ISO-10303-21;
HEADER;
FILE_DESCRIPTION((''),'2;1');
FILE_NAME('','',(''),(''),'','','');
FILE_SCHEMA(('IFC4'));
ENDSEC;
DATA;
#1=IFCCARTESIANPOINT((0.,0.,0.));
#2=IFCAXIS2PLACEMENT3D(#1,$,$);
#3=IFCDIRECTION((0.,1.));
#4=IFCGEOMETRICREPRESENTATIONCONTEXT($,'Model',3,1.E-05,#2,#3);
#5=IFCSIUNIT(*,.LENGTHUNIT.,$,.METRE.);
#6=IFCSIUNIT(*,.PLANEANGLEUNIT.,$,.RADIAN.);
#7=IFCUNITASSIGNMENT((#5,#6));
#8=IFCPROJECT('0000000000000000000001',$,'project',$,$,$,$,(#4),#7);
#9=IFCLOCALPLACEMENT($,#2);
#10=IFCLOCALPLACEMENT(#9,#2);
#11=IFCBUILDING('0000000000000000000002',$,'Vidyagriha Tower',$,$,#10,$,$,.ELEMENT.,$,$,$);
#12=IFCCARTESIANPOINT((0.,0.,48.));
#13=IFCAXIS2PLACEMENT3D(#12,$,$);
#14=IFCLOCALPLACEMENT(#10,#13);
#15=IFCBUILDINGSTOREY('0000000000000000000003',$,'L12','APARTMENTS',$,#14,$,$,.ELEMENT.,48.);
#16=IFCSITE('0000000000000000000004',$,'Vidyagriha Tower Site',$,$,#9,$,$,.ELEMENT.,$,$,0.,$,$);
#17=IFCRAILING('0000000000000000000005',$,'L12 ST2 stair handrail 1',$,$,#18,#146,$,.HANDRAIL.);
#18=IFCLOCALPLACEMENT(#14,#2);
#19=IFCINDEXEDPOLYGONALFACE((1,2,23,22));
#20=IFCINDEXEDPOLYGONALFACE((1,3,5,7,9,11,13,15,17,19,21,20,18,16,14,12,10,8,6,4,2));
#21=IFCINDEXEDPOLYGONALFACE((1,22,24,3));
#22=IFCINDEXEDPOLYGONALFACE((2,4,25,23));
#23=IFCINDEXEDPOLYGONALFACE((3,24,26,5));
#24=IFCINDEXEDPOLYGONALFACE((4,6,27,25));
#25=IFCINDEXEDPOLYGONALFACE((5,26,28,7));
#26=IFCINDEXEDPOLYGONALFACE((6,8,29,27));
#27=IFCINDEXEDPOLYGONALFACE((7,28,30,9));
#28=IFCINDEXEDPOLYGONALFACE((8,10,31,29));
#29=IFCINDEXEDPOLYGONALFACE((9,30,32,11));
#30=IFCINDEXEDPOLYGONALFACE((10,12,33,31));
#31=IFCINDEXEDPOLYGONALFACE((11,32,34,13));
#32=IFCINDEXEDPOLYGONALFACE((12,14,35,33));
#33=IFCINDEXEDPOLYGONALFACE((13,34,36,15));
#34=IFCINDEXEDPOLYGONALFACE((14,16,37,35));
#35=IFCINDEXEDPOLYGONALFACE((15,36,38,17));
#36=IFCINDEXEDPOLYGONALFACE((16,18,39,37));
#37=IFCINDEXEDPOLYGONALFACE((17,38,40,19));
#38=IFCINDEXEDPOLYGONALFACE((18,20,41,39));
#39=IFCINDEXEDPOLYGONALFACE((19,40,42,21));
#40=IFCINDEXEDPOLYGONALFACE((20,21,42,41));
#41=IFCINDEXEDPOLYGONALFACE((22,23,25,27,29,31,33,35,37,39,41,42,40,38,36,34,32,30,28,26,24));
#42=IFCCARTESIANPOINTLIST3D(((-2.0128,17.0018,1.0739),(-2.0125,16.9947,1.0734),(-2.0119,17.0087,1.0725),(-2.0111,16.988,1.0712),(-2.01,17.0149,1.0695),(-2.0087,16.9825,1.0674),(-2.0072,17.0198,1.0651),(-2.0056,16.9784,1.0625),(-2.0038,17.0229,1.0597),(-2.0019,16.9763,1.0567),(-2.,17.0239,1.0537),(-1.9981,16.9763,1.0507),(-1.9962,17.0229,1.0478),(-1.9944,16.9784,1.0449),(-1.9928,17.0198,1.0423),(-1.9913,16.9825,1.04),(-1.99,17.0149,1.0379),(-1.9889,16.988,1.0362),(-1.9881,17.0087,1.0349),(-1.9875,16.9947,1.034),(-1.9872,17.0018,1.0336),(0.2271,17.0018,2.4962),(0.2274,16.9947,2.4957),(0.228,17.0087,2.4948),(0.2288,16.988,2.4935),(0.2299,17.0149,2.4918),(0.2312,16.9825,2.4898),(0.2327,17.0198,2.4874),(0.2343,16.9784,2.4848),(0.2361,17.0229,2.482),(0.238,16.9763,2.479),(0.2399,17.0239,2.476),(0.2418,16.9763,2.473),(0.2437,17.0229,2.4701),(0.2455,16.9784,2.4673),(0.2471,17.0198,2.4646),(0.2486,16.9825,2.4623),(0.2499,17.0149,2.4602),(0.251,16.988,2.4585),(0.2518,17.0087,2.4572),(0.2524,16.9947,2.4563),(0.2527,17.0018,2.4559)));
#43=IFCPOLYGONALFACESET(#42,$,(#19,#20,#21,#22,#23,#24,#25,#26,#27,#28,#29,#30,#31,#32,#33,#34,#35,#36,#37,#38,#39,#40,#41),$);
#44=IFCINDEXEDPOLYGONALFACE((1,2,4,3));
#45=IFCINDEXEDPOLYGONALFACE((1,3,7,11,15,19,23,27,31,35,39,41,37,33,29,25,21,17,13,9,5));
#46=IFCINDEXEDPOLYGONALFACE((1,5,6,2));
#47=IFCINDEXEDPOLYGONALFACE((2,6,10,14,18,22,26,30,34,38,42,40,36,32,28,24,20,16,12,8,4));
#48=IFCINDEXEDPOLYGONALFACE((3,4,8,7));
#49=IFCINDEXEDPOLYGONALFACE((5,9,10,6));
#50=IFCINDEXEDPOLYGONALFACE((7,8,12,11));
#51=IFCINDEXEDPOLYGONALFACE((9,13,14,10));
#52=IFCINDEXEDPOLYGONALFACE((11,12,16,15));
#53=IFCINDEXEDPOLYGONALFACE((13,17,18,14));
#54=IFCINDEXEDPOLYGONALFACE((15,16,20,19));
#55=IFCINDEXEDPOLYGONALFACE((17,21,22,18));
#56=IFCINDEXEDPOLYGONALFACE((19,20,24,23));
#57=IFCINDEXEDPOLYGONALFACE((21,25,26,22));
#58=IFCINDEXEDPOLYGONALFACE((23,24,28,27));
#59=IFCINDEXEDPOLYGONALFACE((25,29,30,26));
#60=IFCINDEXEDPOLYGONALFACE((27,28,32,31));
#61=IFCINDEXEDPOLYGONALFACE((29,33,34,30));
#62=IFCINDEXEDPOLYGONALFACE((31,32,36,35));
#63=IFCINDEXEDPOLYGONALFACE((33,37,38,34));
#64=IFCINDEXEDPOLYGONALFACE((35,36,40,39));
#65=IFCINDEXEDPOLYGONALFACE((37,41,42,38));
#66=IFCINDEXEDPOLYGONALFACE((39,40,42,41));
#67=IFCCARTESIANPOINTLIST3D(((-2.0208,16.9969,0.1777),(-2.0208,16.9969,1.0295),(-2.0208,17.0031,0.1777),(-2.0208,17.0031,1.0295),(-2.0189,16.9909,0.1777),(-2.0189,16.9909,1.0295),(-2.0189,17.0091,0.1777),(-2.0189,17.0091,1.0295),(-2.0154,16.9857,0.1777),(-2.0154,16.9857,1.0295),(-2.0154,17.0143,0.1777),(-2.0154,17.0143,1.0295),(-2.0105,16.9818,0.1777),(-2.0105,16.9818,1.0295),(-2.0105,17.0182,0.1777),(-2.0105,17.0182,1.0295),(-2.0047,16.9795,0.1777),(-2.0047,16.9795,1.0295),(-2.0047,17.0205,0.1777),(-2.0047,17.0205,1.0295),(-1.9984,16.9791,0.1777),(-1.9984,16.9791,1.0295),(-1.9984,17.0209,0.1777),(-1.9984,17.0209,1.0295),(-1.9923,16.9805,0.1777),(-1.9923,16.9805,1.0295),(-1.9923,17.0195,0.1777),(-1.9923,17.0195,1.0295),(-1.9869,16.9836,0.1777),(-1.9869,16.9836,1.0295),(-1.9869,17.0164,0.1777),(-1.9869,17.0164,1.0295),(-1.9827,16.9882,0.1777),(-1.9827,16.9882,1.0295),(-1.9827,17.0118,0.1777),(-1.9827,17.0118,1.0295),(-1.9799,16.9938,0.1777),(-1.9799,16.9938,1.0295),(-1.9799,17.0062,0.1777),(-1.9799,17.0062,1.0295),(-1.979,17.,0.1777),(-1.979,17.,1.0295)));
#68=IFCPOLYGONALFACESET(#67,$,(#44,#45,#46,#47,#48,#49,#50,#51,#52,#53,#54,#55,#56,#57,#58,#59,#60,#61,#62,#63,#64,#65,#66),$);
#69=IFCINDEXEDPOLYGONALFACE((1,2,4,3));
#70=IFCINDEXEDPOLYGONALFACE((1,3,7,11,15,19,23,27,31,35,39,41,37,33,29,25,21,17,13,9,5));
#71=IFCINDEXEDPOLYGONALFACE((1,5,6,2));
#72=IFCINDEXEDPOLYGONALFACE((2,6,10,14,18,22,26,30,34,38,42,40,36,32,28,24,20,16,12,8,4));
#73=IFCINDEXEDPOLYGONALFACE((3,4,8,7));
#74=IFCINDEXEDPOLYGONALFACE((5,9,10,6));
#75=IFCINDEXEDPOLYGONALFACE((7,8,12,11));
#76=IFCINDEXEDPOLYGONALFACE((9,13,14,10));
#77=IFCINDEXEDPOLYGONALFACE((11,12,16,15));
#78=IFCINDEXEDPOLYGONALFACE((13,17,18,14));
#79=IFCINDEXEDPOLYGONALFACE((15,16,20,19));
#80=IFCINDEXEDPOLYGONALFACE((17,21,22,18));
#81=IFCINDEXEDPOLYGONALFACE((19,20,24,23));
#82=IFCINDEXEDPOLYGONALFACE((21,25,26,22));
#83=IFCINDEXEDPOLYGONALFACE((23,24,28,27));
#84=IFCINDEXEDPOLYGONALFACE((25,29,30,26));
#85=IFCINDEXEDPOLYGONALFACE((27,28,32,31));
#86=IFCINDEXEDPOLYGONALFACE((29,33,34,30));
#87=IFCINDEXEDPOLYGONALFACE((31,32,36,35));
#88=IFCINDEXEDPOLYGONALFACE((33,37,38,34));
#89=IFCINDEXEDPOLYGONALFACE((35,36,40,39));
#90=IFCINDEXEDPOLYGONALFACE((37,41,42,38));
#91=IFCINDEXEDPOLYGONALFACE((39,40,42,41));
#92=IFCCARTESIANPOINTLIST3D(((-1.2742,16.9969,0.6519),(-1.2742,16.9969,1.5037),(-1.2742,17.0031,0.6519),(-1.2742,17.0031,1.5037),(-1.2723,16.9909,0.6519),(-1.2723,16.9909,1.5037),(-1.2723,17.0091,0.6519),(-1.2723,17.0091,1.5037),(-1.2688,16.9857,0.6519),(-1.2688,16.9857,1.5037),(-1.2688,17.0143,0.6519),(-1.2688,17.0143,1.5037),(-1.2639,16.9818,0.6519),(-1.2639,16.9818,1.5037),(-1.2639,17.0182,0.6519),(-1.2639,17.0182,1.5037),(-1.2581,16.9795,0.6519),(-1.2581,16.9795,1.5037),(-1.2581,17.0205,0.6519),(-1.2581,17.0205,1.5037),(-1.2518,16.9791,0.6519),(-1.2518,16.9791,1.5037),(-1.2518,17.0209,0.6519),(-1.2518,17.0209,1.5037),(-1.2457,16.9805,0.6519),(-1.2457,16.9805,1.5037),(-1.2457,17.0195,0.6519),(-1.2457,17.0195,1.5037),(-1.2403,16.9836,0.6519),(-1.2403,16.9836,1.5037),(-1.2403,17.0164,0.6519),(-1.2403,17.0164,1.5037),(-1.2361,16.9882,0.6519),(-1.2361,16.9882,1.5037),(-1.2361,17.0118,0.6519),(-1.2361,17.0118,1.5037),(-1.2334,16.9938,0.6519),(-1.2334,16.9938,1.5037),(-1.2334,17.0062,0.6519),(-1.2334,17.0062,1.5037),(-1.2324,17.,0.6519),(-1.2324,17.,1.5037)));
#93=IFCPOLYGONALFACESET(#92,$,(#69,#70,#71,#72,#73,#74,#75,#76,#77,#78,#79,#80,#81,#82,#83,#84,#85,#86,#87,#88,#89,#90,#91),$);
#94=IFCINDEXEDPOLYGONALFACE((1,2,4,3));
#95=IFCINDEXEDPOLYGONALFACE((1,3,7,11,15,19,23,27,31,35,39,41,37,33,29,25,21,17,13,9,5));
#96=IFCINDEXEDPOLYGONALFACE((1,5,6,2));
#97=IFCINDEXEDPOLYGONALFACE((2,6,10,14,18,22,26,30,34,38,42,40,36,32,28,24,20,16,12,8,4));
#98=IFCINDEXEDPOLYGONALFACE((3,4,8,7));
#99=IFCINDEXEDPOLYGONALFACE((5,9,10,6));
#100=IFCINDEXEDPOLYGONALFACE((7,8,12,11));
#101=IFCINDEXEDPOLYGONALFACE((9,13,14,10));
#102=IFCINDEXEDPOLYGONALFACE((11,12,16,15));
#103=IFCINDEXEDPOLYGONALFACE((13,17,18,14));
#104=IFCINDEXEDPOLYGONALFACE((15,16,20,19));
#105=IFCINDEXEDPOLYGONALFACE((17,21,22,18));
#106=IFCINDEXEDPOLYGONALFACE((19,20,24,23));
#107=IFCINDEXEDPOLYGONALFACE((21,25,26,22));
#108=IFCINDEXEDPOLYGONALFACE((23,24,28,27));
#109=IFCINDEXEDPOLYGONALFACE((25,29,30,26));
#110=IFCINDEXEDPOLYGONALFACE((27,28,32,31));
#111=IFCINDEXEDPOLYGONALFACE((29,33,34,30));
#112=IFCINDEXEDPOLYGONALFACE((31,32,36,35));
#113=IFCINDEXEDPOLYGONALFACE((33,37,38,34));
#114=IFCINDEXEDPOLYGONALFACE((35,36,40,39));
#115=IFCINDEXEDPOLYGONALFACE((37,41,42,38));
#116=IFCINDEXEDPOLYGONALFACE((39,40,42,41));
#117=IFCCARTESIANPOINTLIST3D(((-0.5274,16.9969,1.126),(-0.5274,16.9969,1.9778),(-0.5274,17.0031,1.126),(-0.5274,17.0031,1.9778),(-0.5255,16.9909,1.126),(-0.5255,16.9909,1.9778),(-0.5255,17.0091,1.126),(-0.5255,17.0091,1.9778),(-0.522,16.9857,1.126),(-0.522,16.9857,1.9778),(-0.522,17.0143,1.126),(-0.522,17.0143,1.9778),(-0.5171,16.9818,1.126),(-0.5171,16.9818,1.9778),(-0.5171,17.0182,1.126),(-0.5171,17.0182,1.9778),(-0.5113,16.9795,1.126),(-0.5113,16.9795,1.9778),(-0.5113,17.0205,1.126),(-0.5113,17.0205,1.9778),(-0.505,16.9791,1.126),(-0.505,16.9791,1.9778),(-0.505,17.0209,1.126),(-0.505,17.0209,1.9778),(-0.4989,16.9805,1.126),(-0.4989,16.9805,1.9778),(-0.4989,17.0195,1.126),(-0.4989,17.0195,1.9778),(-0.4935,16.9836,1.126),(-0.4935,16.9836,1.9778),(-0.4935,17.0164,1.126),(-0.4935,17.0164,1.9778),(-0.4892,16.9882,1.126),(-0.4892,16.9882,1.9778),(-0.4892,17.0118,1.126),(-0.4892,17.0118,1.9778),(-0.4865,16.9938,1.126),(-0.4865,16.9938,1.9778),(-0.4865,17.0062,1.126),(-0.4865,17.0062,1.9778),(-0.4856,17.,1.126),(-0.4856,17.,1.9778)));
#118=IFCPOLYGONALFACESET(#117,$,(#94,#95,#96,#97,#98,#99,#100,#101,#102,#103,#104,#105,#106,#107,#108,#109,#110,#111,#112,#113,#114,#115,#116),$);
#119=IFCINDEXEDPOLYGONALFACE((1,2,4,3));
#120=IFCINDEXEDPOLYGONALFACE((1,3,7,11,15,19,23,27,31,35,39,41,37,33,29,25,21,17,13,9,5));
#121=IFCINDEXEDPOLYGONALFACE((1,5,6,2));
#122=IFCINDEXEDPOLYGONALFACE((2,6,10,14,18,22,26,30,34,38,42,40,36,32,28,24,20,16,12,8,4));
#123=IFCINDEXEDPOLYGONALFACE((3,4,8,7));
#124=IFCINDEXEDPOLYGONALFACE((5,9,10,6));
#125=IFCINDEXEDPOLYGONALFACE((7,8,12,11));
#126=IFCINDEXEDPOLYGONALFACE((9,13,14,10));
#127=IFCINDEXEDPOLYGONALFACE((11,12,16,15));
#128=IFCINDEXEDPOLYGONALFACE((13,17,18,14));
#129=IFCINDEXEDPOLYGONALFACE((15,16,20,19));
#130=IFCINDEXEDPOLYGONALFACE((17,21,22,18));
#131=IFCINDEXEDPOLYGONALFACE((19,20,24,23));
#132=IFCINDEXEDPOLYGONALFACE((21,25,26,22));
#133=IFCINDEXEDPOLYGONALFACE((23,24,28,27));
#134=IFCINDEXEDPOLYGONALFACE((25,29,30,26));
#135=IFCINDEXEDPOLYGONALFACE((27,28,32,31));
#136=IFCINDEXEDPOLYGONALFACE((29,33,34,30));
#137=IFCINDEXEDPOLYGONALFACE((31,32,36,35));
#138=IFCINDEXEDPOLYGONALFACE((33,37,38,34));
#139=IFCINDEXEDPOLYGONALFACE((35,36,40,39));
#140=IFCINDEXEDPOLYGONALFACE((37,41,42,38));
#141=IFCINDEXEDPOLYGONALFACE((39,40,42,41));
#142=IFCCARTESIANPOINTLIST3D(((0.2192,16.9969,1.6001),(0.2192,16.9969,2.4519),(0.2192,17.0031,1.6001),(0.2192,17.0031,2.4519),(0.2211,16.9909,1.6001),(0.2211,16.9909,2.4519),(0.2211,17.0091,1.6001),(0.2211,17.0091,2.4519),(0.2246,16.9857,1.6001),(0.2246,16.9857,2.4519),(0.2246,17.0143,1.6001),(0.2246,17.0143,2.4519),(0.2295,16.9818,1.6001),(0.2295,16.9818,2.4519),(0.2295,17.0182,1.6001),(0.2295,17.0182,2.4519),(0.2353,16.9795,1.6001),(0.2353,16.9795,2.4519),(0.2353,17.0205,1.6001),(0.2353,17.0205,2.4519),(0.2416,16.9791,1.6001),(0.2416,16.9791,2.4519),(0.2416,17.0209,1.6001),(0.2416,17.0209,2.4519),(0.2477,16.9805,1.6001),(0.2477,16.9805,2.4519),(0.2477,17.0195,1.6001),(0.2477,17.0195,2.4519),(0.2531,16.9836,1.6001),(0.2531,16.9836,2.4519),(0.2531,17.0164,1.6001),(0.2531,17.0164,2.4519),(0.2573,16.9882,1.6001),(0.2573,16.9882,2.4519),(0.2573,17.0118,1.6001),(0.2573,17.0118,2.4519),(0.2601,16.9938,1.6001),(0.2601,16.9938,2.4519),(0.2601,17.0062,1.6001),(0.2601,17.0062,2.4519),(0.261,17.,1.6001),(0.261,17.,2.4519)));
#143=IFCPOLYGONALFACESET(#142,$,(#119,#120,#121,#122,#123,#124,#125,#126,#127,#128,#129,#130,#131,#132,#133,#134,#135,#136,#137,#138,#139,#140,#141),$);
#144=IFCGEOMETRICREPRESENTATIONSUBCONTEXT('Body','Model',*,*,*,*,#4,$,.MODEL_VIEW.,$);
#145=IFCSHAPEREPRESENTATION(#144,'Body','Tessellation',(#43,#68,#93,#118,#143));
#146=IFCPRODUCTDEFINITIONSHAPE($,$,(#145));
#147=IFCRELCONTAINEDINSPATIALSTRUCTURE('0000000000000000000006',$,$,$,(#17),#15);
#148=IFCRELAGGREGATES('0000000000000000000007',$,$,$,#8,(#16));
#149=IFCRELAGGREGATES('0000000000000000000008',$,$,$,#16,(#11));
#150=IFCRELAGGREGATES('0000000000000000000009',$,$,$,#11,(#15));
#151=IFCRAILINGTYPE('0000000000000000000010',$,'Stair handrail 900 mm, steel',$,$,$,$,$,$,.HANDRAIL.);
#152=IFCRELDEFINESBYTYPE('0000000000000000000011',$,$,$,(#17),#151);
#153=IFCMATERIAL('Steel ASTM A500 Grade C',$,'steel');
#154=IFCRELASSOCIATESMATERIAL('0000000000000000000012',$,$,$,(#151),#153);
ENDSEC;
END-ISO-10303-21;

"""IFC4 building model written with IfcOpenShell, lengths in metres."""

from ifc_helpers import new_model, si_unit, direction, frame, origin, origin_2d, place, context, subcontext, project, spatial, circle, extrude, material, type_object, element, save


model = new_model("IFC4")

# Units and contexts
model_context = context("Model", 3, precision=1e-05, world=origin(), true_north=direction((0.0, 1.0)))
body_context = subcontext(model_context, "Body", "Model", "MODEL_VIEW")
ifc_project = project(units=[si_unit("LENGTHUNIT", "METRE"), si_unit("PLANEANGLEUNIT", "RADIAN")], contexts=[model_context])

# Site, building, storey
site_placement = place(None, origin())
site = spatial("IfcSite", under=ifc_project, at=site_placement, Name="Vidyagriha Tower Site", CompositionType="ELEMENT", RefElevation=0.0)
building_placement = place(site_placement, origin())
building = spatial("IfcBuilding", under=site, at=building_placement, Name="Vidyagriha Tower", CompositionType="ELEMENT")
storey_placement = place(building_placement, frame((0.0, 0.0, 48.0)))
storey = spatial("IfcBuildingStorey", under=building, at=storey_placement, Name="L12", Description="APARTMENTS", CompositionType="ELEMENT", Elevation=48.0)

# Railing
ifc_material_1 = material(Name="Steel ASTM A500 Grade C", Category="steel")
railing_type_1 = type_object("IfcRailingType", Name="Stair handrail 900 mm, steel", PredefinedType="HANDRAIL", material=ifc_material_1)
railing_1_placement = place(storey_placement, frame((-2.0, 17.0, 0.1777)))
element("IfcRailing", 1, at=railing_1_placement, inside=storey, type_object=railing_type_1, Name="L12 ST2 stair handrail 1", PredefinedType="HANDRAIL", context=body_context, shape_type="SweptSolid", body=[
    extrude(circle(Radius=0.0239, at=origin_2d()), frame((0.0, 0.0, 0.876), z_axis=(0.844188, 0.0, 0.536048), x_axis=(0.0, 1.0, 0.0)), (0.0, 0.0, 1.0), 2.6533),
    extrude(circle(Radius=0.021, at=origin_2d()), origin(), (0.0, 0.0, 1.0), 0.8518),
    extrude(circle(Radius=0.021, at=origin_2d()), frame((0.7466, 0.0, 0.4741)), (0.0, 0.0, 1.0), 0.8518),
    extrude(circle(Radius=0.021, at=origin_2d()), frame((1.4934, 0.0, 0.9482)), (0.0, 0.0, 1.0), 0.8518),
    extrude(circle(Radius=0.021, at=origin_2d()), frame((2.24, 0.0, 1.4224)), (0.0, 0.0, 1.0), 0.8518),
])

save(model, "model.ifc")
